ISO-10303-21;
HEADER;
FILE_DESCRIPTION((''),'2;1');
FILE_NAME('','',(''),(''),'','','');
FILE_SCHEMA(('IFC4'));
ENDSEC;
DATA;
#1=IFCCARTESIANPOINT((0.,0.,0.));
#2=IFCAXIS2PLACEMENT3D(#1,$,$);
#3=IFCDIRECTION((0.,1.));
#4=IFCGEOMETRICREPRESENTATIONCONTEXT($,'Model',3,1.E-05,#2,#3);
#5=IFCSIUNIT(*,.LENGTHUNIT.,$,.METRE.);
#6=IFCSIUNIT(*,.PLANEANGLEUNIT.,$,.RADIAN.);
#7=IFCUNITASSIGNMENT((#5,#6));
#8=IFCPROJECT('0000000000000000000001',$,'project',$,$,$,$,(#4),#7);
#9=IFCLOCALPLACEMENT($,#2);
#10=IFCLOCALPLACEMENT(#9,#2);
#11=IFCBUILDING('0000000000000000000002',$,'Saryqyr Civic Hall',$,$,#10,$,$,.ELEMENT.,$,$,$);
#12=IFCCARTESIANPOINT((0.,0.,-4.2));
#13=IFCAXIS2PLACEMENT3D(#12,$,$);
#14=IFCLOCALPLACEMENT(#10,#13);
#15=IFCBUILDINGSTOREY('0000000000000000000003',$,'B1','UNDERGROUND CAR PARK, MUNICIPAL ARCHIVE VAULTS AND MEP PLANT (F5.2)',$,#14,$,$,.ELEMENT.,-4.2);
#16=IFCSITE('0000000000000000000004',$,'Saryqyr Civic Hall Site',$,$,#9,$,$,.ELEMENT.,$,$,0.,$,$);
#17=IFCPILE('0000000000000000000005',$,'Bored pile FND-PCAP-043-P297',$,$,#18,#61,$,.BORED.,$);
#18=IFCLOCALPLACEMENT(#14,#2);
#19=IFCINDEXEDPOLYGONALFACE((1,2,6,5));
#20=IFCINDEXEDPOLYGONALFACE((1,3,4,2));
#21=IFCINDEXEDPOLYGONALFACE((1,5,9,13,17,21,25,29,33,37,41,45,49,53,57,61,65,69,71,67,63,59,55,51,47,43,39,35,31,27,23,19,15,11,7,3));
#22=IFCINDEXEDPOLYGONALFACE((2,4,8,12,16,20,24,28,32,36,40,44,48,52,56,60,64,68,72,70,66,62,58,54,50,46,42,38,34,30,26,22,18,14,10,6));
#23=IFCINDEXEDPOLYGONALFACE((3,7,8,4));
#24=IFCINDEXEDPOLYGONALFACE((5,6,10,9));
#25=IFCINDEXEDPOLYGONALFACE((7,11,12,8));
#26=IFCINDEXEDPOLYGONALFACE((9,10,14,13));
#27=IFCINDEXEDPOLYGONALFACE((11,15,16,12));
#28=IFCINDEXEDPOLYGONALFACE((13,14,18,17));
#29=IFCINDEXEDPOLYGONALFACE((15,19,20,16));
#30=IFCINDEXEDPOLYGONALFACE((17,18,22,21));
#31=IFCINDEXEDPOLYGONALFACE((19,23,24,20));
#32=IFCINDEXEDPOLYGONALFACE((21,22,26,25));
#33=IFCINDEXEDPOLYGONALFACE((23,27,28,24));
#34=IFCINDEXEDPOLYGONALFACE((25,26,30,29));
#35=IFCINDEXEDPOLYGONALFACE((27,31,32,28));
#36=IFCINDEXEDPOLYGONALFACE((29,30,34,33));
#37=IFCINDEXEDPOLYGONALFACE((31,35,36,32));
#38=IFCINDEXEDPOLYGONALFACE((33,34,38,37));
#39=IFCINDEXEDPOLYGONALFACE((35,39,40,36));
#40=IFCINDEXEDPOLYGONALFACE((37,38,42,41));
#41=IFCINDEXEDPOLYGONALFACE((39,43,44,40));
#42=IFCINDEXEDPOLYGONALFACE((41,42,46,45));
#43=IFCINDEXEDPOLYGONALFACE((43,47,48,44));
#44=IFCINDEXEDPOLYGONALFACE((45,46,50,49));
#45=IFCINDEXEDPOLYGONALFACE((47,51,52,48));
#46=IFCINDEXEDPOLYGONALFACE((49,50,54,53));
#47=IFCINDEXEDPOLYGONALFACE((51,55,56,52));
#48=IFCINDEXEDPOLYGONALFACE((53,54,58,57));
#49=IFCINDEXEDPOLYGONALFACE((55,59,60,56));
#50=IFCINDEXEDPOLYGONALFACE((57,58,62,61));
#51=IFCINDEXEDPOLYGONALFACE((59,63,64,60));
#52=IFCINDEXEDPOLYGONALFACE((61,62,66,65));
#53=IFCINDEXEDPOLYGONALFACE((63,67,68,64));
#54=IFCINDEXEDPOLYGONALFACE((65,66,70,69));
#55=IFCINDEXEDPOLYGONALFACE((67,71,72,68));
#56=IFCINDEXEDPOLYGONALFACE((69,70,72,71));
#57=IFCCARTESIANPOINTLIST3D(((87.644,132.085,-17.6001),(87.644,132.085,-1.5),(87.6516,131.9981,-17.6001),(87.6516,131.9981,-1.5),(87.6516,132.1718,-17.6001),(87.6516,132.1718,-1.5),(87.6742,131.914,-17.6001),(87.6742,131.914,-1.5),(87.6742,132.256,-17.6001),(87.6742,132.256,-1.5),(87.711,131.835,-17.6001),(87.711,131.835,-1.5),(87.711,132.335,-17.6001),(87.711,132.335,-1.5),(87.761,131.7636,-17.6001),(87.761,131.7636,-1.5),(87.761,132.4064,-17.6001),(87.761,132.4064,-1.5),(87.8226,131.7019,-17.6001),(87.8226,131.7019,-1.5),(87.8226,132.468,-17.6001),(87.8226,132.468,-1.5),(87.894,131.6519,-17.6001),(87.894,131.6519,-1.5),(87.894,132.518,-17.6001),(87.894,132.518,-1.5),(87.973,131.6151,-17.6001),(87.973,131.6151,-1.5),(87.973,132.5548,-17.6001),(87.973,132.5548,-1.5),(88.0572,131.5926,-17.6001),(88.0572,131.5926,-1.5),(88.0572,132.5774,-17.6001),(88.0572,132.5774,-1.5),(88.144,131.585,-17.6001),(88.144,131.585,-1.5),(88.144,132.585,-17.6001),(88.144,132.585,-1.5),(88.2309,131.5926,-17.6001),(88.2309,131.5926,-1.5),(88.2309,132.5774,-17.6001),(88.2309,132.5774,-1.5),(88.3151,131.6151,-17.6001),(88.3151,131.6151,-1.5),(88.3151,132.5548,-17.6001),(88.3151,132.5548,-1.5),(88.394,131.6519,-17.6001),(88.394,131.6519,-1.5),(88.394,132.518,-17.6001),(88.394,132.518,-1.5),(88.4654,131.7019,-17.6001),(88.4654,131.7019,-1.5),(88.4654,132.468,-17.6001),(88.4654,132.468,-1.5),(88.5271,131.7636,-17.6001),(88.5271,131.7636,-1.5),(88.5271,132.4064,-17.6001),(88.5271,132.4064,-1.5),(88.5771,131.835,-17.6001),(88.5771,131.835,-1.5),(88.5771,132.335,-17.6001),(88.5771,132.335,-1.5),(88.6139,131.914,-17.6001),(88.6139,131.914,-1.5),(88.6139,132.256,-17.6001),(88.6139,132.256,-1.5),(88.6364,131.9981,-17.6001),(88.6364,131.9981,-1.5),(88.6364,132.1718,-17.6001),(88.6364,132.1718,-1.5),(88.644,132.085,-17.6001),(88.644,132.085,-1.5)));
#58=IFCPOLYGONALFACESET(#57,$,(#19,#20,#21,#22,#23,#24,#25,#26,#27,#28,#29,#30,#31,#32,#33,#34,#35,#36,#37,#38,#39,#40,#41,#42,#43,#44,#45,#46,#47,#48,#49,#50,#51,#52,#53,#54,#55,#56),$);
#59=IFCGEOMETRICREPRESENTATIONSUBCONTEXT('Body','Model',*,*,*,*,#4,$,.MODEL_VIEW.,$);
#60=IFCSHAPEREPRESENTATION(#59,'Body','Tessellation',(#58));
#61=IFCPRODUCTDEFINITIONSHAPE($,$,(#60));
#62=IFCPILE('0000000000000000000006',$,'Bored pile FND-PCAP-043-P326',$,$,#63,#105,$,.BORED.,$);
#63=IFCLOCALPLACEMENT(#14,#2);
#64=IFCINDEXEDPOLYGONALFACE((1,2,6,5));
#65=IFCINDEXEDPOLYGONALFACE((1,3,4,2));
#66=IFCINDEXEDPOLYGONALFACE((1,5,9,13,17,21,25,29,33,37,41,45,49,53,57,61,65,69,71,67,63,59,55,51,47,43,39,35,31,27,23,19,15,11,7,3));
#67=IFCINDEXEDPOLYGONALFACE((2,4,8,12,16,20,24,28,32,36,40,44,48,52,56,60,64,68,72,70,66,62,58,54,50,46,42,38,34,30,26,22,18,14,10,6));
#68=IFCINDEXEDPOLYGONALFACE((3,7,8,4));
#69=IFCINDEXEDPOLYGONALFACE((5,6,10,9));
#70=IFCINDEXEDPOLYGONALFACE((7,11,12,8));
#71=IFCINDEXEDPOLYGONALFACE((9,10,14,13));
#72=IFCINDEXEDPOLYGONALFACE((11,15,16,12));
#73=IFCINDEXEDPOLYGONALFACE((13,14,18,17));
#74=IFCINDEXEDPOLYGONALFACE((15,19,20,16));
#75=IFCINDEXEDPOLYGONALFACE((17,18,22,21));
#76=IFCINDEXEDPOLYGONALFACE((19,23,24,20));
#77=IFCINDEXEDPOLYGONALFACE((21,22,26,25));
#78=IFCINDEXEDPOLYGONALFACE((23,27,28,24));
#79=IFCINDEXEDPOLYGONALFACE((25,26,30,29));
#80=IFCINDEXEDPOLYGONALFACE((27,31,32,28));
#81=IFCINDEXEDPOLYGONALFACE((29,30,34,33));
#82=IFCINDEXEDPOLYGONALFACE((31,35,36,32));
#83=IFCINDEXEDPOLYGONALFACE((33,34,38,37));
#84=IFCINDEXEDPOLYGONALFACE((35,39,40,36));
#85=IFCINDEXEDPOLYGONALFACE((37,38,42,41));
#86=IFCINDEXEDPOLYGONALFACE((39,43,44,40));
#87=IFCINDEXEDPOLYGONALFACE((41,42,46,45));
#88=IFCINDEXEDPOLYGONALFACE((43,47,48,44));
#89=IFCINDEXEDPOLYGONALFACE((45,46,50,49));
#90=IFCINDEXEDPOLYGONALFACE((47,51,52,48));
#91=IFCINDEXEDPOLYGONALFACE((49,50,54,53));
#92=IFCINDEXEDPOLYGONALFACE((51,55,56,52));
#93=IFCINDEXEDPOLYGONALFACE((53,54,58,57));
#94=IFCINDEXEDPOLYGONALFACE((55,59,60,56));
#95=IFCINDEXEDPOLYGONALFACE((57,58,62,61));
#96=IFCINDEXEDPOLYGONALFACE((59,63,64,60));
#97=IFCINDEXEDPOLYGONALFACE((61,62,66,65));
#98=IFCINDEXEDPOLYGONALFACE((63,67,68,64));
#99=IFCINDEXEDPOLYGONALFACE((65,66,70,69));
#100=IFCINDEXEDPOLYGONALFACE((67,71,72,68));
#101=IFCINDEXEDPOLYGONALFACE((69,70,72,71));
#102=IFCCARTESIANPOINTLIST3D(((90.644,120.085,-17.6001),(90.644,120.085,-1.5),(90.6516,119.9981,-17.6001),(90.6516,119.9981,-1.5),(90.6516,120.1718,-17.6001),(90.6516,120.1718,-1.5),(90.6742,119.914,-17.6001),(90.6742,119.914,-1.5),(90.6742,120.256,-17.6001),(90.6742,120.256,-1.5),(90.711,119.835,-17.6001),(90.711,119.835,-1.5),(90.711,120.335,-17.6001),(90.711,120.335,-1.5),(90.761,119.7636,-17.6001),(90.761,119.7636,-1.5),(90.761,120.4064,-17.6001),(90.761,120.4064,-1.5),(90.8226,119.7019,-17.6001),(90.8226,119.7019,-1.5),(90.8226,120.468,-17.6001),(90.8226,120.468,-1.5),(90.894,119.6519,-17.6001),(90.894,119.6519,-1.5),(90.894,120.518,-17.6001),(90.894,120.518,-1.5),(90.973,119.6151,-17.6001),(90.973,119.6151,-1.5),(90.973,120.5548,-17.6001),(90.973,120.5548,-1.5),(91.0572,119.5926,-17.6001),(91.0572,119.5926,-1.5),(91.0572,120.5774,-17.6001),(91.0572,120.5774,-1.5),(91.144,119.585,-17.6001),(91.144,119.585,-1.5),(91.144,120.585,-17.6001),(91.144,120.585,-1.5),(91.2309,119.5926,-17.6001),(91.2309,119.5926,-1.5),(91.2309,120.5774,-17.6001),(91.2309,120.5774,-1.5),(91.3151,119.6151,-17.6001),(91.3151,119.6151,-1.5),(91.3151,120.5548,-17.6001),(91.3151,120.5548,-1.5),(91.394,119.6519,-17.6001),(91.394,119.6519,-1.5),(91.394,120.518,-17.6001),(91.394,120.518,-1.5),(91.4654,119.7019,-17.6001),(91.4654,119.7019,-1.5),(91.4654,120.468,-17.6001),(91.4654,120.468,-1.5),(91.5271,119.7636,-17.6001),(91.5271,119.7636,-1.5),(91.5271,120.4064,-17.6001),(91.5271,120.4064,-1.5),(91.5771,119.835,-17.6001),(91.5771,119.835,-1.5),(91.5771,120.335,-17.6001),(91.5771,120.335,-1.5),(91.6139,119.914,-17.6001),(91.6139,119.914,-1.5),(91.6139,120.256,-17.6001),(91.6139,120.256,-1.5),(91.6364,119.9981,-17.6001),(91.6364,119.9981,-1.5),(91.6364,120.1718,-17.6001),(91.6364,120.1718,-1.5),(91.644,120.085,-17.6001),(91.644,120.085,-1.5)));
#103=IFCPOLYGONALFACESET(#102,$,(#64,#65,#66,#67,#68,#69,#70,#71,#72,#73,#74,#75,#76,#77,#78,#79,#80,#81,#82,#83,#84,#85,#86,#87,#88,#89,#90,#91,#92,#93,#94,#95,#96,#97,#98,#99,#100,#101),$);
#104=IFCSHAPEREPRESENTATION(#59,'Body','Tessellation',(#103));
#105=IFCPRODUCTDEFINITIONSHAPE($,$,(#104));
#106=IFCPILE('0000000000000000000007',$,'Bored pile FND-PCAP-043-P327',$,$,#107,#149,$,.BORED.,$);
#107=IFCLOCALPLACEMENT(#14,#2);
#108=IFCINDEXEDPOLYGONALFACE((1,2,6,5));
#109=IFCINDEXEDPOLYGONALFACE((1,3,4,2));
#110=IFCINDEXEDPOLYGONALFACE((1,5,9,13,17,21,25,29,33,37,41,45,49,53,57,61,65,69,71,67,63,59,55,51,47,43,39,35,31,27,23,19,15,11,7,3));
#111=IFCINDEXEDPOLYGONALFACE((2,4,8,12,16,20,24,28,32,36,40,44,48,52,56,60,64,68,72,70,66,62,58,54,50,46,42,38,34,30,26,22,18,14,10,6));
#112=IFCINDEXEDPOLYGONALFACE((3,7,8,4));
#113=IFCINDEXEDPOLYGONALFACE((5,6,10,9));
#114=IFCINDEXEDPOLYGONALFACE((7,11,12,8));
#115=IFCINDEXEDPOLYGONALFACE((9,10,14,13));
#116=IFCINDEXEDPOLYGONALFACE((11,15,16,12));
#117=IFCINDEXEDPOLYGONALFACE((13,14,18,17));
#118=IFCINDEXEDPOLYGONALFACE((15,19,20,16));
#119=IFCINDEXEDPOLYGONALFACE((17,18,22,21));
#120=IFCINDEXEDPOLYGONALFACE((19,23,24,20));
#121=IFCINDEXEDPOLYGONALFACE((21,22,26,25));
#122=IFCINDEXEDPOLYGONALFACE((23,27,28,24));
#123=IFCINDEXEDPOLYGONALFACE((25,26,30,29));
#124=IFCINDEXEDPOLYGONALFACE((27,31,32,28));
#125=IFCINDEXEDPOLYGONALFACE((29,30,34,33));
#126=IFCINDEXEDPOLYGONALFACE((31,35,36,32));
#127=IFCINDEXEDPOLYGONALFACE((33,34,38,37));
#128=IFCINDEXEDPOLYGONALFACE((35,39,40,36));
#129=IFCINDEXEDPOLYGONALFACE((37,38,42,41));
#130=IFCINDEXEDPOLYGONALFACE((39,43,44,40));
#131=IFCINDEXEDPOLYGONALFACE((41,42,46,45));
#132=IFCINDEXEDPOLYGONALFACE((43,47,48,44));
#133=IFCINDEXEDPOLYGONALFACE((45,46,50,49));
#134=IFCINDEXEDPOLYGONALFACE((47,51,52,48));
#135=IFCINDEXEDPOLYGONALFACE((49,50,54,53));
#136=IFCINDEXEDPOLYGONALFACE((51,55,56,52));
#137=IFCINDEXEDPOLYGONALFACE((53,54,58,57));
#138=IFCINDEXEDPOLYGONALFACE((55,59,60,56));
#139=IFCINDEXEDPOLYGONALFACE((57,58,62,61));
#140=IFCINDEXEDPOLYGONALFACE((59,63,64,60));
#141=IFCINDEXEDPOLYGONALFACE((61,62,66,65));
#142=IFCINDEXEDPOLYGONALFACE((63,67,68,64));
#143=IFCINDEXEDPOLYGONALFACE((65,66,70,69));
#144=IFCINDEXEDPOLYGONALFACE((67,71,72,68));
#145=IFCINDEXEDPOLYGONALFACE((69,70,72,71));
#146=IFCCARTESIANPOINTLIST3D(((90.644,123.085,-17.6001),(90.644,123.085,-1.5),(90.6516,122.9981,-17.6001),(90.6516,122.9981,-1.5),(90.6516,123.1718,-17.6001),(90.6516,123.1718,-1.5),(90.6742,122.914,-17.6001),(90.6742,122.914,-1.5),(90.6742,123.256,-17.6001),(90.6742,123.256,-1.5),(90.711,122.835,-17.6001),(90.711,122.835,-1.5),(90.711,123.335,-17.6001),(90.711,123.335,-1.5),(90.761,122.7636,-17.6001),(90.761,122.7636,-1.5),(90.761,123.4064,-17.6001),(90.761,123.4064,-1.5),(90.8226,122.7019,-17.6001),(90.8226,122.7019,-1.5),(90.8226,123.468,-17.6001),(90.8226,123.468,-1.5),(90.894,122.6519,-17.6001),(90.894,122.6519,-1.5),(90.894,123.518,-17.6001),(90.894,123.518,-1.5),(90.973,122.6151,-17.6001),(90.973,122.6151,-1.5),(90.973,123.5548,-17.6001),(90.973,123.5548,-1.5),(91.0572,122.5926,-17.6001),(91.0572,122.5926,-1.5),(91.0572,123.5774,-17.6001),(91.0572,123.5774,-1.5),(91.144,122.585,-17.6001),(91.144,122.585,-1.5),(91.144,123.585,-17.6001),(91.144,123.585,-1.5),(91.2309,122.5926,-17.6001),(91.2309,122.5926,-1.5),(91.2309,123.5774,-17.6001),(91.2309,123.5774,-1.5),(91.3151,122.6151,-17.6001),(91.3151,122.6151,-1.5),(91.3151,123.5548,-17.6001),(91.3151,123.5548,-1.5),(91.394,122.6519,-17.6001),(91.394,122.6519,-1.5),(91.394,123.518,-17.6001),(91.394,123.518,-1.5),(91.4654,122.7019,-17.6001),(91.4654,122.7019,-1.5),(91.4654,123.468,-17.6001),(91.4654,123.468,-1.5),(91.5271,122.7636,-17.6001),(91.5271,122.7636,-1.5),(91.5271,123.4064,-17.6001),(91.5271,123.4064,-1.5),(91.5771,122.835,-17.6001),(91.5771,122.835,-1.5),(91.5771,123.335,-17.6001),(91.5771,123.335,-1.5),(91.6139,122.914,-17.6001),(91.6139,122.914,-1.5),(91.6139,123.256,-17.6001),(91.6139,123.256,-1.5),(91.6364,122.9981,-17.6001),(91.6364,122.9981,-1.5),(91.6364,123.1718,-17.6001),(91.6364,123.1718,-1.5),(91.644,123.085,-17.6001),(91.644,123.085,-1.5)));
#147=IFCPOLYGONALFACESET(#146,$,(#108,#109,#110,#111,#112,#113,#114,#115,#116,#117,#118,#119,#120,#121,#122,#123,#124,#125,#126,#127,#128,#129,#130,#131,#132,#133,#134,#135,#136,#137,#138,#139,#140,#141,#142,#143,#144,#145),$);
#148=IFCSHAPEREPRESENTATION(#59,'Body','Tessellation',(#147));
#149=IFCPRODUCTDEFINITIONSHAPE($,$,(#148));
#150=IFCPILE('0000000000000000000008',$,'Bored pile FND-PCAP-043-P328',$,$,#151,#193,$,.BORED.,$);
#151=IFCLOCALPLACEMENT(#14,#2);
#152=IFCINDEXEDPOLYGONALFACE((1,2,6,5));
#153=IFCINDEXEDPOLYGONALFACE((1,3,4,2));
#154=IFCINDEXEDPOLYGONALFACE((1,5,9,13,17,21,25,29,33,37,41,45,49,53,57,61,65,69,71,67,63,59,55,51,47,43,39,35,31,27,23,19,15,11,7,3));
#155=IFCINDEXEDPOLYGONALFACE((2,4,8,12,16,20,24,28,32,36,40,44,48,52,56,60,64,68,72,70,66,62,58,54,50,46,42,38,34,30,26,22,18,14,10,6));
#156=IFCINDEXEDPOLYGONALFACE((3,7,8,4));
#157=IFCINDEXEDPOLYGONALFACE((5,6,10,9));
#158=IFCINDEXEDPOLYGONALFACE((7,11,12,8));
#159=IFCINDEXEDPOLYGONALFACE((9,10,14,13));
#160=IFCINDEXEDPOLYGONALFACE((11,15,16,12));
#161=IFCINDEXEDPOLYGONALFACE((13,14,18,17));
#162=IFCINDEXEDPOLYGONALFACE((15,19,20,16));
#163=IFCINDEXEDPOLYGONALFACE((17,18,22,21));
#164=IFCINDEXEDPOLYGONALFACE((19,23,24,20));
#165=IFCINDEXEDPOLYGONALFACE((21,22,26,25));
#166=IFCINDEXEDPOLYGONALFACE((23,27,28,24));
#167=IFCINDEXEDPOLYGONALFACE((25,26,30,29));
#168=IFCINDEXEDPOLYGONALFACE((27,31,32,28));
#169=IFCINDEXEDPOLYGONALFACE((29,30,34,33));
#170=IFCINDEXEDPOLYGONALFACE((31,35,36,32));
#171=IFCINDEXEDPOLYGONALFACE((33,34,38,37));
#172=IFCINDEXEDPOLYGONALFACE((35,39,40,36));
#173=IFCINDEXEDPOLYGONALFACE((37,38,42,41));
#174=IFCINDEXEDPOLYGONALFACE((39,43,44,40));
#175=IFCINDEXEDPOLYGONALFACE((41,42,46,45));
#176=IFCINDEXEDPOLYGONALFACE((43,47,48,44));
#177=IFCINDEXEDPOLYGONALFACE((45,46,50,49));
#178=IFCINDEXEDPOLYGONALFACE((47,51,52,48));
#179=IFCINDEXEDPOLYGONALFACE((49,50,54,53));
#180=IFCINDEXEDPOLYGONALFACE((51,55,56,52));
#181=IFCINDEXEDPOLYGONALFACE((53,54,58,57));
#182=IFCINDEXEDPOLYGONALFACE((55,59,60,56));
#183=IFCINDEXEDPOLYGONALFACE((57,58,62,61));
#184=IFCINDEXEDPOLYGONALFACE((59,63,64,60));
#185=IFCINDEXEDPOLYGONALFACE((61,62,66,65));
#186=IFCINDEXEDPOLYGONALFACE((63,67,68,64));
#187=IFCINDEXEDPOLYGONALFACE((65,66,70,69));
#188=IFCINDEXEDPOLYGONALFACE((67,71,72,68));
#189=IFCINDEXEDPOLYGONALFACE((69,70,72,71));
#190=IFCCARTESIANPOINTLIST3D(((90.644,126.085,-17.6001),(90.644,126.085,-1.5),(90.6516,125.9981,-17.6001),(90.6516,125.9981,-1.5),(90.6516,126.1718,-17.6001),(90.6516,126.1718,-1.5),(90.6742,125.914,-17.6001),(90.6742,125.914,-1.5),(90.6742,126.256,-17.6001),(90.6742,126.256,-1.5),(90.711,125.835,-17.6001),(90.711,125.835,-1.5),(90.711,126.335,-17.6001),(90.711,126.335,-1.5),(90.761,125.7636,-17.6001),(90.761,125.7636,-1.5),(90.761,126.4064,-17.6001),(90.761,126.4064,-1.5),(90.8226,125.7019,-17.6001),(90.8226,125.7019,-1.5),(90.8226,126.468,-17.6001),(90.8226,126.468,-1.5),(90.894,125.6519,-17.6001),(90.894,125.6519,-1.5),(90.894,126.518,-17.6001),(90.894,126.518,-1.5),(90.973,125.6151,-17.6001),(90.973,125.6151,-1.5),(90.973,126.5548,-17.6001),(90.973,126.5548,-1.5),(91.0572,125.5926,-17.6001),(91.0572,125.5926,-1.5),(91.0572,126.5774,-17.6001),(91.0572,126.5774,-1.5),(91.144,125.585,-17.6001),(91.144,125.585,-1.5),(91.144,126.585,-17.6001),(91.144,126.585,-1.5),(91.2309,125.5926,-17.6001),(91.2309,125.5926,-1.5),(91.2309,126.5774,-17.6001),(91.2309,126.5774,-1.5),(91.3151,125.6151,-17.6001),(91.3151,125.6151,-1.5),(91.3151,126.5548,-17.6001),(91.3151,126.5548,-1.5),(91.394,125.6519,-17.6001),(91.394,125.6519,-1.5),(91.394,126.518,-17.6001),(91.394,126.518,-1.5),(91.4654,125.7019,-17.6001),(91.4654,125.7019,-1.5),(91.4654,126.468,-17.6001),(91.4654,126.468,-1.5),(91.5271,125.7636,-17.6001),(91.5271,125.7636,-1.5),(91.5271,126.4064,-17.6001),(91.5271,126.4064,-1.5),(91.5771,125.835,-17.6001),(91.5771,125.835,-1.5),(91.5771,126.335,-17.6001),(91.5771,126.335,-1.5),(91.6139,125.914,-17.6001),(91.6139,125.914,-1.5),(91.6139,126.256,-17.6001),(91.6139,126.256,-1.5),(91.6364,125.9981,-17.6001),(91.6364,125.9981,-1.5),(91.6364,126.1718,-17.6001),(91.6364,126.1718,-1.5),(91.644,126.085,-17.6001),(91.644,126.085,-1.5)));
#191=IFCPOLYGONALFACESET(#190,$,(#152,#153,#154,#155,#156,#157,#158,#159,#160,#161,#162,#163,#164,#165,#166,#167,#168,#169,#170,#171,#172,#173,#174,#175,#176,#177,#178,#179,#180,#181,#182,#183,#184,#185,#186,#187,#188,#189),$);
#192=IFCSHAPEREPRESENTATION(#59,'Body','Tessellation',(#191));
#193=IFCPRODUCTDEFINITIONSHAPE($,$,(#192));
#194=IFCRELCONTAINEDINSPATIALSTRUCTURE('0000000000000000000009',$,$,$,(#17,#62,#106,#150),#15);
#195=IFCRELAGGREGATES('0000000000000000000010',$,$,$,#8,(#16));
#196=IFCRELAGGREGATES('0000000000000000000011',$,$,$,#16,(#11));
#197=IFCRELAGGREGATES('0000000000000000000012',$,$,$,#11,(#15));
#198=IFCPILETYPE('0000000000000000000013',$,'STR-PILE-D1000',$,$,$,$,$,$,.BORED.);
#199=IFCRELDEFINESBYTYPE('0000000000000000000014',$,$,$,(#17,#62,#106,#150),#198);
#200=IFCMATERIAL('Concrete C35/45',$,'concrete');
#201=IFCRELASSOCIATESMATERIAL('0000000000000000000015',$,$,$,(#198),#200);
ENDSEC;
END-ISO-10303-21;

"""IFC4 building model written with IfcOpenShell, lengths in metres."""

from ifc_helpers import new_model, si_unit, direction, frame, origin, origin_2d, place, context, subcontext, project, spatial, circle, extrude, material, material_profile, profile_set, type_object, element, save


model = new_model("IFC4")

# Units and contexts
model_context = context("Model", 3, precision=1e-05, world=origin(), true_north=direction((0.0, 1.0)))
body_context = subcontext(model_context, "Body", "Model", "MODEL_VIEW")
ifc_project = project(units=[si_unit("LENGTHUNIT", "METRE"), si_unit("PLANEANGLEUNIT", "RADIAN")], contexts=[model_context])

# Site, building, storey
site_placement = place(None, origin())
site = spatial("IfcSite", under=ifc_project, at=site_placement, Name="Saryqyr Civic Hall Site", CompositionType="ELEMENT", RefElevation=0.0)
building_placement = place(site_placement, origin())
building = spatial("IfcBuilding", under=site, at=building_placement, Name="Saryqyr Civic Hall", CompositionType="ELEMENT")
storey_placement = place(building_placement, frame((0.0, 0.0, -4.2)))
storey = spatial("IfcBuildingStorey", under=building, at=storey_placement, Name="B1", Description="UNDERGROUND CAR PARK, MUNICIPAL ARCHIVE VAULTS AND MEP PLANT (F5.2)", CompositionType="ELEMENT", Elevation=-4.2)

# Piles
ifc_material_1 = material(Name="Concrete C35/45", Category="concrete")
ifc_material_profile_1 = material_profile(ifc_material_1, circle(Radius=0.5, at=origin_2d()), Name="BORED PILE D1000")
ifc_profile_set_1 = profile_set([ifc_material_profile_1], Name="Concrete C35/45")
pile_type = type_object("IfcPileType", Name="STR-PILE-D1000", PredefinedType="BORED", material=ifc_profile_set_1)
for number, where, z_axis, x_axis, name in (
    (1, (88.144, 132.085, -1.5), (0.0, 0.0, -1.0), (1.0, 0.0, 0.0), "Bored pile FND-PCAP-043-P297"),
    (2, (91.144, 120.085, -1.5), (0.0, 0.0, -1.0), (1.0, 0.0, 0.0), "Bored pile FND-PCAP-043-P326"),
    (3, (91.144, 123.085, -1.5), (0.0, 0.0, -1.0), (1.0, 0.0, 0.0), "Bored pile FND-PCAP-043-P327"),
    (4, (91.144, 126.085, -1.5), (0.0, 0.0, -1.0), (1.0, 0.0, 0.0), "Bored pile FND-PCAP-043-P328"),
):
    element("IfcPile", number, at=place(storey_placement, frame(where, z_axis=z_axis, x_axis=x_axis)), inside=storey, type_object=pile_type, Name=name, PredefinedType="BORED", context=body_context, shape_type="SweptSolid", body=[
        extrude(circle(Radius=0.5, at=origin_2d()), origin(), (0.0, 0.0, 1.0), 16.1001),
    ])

save(model, "model.ifc")
